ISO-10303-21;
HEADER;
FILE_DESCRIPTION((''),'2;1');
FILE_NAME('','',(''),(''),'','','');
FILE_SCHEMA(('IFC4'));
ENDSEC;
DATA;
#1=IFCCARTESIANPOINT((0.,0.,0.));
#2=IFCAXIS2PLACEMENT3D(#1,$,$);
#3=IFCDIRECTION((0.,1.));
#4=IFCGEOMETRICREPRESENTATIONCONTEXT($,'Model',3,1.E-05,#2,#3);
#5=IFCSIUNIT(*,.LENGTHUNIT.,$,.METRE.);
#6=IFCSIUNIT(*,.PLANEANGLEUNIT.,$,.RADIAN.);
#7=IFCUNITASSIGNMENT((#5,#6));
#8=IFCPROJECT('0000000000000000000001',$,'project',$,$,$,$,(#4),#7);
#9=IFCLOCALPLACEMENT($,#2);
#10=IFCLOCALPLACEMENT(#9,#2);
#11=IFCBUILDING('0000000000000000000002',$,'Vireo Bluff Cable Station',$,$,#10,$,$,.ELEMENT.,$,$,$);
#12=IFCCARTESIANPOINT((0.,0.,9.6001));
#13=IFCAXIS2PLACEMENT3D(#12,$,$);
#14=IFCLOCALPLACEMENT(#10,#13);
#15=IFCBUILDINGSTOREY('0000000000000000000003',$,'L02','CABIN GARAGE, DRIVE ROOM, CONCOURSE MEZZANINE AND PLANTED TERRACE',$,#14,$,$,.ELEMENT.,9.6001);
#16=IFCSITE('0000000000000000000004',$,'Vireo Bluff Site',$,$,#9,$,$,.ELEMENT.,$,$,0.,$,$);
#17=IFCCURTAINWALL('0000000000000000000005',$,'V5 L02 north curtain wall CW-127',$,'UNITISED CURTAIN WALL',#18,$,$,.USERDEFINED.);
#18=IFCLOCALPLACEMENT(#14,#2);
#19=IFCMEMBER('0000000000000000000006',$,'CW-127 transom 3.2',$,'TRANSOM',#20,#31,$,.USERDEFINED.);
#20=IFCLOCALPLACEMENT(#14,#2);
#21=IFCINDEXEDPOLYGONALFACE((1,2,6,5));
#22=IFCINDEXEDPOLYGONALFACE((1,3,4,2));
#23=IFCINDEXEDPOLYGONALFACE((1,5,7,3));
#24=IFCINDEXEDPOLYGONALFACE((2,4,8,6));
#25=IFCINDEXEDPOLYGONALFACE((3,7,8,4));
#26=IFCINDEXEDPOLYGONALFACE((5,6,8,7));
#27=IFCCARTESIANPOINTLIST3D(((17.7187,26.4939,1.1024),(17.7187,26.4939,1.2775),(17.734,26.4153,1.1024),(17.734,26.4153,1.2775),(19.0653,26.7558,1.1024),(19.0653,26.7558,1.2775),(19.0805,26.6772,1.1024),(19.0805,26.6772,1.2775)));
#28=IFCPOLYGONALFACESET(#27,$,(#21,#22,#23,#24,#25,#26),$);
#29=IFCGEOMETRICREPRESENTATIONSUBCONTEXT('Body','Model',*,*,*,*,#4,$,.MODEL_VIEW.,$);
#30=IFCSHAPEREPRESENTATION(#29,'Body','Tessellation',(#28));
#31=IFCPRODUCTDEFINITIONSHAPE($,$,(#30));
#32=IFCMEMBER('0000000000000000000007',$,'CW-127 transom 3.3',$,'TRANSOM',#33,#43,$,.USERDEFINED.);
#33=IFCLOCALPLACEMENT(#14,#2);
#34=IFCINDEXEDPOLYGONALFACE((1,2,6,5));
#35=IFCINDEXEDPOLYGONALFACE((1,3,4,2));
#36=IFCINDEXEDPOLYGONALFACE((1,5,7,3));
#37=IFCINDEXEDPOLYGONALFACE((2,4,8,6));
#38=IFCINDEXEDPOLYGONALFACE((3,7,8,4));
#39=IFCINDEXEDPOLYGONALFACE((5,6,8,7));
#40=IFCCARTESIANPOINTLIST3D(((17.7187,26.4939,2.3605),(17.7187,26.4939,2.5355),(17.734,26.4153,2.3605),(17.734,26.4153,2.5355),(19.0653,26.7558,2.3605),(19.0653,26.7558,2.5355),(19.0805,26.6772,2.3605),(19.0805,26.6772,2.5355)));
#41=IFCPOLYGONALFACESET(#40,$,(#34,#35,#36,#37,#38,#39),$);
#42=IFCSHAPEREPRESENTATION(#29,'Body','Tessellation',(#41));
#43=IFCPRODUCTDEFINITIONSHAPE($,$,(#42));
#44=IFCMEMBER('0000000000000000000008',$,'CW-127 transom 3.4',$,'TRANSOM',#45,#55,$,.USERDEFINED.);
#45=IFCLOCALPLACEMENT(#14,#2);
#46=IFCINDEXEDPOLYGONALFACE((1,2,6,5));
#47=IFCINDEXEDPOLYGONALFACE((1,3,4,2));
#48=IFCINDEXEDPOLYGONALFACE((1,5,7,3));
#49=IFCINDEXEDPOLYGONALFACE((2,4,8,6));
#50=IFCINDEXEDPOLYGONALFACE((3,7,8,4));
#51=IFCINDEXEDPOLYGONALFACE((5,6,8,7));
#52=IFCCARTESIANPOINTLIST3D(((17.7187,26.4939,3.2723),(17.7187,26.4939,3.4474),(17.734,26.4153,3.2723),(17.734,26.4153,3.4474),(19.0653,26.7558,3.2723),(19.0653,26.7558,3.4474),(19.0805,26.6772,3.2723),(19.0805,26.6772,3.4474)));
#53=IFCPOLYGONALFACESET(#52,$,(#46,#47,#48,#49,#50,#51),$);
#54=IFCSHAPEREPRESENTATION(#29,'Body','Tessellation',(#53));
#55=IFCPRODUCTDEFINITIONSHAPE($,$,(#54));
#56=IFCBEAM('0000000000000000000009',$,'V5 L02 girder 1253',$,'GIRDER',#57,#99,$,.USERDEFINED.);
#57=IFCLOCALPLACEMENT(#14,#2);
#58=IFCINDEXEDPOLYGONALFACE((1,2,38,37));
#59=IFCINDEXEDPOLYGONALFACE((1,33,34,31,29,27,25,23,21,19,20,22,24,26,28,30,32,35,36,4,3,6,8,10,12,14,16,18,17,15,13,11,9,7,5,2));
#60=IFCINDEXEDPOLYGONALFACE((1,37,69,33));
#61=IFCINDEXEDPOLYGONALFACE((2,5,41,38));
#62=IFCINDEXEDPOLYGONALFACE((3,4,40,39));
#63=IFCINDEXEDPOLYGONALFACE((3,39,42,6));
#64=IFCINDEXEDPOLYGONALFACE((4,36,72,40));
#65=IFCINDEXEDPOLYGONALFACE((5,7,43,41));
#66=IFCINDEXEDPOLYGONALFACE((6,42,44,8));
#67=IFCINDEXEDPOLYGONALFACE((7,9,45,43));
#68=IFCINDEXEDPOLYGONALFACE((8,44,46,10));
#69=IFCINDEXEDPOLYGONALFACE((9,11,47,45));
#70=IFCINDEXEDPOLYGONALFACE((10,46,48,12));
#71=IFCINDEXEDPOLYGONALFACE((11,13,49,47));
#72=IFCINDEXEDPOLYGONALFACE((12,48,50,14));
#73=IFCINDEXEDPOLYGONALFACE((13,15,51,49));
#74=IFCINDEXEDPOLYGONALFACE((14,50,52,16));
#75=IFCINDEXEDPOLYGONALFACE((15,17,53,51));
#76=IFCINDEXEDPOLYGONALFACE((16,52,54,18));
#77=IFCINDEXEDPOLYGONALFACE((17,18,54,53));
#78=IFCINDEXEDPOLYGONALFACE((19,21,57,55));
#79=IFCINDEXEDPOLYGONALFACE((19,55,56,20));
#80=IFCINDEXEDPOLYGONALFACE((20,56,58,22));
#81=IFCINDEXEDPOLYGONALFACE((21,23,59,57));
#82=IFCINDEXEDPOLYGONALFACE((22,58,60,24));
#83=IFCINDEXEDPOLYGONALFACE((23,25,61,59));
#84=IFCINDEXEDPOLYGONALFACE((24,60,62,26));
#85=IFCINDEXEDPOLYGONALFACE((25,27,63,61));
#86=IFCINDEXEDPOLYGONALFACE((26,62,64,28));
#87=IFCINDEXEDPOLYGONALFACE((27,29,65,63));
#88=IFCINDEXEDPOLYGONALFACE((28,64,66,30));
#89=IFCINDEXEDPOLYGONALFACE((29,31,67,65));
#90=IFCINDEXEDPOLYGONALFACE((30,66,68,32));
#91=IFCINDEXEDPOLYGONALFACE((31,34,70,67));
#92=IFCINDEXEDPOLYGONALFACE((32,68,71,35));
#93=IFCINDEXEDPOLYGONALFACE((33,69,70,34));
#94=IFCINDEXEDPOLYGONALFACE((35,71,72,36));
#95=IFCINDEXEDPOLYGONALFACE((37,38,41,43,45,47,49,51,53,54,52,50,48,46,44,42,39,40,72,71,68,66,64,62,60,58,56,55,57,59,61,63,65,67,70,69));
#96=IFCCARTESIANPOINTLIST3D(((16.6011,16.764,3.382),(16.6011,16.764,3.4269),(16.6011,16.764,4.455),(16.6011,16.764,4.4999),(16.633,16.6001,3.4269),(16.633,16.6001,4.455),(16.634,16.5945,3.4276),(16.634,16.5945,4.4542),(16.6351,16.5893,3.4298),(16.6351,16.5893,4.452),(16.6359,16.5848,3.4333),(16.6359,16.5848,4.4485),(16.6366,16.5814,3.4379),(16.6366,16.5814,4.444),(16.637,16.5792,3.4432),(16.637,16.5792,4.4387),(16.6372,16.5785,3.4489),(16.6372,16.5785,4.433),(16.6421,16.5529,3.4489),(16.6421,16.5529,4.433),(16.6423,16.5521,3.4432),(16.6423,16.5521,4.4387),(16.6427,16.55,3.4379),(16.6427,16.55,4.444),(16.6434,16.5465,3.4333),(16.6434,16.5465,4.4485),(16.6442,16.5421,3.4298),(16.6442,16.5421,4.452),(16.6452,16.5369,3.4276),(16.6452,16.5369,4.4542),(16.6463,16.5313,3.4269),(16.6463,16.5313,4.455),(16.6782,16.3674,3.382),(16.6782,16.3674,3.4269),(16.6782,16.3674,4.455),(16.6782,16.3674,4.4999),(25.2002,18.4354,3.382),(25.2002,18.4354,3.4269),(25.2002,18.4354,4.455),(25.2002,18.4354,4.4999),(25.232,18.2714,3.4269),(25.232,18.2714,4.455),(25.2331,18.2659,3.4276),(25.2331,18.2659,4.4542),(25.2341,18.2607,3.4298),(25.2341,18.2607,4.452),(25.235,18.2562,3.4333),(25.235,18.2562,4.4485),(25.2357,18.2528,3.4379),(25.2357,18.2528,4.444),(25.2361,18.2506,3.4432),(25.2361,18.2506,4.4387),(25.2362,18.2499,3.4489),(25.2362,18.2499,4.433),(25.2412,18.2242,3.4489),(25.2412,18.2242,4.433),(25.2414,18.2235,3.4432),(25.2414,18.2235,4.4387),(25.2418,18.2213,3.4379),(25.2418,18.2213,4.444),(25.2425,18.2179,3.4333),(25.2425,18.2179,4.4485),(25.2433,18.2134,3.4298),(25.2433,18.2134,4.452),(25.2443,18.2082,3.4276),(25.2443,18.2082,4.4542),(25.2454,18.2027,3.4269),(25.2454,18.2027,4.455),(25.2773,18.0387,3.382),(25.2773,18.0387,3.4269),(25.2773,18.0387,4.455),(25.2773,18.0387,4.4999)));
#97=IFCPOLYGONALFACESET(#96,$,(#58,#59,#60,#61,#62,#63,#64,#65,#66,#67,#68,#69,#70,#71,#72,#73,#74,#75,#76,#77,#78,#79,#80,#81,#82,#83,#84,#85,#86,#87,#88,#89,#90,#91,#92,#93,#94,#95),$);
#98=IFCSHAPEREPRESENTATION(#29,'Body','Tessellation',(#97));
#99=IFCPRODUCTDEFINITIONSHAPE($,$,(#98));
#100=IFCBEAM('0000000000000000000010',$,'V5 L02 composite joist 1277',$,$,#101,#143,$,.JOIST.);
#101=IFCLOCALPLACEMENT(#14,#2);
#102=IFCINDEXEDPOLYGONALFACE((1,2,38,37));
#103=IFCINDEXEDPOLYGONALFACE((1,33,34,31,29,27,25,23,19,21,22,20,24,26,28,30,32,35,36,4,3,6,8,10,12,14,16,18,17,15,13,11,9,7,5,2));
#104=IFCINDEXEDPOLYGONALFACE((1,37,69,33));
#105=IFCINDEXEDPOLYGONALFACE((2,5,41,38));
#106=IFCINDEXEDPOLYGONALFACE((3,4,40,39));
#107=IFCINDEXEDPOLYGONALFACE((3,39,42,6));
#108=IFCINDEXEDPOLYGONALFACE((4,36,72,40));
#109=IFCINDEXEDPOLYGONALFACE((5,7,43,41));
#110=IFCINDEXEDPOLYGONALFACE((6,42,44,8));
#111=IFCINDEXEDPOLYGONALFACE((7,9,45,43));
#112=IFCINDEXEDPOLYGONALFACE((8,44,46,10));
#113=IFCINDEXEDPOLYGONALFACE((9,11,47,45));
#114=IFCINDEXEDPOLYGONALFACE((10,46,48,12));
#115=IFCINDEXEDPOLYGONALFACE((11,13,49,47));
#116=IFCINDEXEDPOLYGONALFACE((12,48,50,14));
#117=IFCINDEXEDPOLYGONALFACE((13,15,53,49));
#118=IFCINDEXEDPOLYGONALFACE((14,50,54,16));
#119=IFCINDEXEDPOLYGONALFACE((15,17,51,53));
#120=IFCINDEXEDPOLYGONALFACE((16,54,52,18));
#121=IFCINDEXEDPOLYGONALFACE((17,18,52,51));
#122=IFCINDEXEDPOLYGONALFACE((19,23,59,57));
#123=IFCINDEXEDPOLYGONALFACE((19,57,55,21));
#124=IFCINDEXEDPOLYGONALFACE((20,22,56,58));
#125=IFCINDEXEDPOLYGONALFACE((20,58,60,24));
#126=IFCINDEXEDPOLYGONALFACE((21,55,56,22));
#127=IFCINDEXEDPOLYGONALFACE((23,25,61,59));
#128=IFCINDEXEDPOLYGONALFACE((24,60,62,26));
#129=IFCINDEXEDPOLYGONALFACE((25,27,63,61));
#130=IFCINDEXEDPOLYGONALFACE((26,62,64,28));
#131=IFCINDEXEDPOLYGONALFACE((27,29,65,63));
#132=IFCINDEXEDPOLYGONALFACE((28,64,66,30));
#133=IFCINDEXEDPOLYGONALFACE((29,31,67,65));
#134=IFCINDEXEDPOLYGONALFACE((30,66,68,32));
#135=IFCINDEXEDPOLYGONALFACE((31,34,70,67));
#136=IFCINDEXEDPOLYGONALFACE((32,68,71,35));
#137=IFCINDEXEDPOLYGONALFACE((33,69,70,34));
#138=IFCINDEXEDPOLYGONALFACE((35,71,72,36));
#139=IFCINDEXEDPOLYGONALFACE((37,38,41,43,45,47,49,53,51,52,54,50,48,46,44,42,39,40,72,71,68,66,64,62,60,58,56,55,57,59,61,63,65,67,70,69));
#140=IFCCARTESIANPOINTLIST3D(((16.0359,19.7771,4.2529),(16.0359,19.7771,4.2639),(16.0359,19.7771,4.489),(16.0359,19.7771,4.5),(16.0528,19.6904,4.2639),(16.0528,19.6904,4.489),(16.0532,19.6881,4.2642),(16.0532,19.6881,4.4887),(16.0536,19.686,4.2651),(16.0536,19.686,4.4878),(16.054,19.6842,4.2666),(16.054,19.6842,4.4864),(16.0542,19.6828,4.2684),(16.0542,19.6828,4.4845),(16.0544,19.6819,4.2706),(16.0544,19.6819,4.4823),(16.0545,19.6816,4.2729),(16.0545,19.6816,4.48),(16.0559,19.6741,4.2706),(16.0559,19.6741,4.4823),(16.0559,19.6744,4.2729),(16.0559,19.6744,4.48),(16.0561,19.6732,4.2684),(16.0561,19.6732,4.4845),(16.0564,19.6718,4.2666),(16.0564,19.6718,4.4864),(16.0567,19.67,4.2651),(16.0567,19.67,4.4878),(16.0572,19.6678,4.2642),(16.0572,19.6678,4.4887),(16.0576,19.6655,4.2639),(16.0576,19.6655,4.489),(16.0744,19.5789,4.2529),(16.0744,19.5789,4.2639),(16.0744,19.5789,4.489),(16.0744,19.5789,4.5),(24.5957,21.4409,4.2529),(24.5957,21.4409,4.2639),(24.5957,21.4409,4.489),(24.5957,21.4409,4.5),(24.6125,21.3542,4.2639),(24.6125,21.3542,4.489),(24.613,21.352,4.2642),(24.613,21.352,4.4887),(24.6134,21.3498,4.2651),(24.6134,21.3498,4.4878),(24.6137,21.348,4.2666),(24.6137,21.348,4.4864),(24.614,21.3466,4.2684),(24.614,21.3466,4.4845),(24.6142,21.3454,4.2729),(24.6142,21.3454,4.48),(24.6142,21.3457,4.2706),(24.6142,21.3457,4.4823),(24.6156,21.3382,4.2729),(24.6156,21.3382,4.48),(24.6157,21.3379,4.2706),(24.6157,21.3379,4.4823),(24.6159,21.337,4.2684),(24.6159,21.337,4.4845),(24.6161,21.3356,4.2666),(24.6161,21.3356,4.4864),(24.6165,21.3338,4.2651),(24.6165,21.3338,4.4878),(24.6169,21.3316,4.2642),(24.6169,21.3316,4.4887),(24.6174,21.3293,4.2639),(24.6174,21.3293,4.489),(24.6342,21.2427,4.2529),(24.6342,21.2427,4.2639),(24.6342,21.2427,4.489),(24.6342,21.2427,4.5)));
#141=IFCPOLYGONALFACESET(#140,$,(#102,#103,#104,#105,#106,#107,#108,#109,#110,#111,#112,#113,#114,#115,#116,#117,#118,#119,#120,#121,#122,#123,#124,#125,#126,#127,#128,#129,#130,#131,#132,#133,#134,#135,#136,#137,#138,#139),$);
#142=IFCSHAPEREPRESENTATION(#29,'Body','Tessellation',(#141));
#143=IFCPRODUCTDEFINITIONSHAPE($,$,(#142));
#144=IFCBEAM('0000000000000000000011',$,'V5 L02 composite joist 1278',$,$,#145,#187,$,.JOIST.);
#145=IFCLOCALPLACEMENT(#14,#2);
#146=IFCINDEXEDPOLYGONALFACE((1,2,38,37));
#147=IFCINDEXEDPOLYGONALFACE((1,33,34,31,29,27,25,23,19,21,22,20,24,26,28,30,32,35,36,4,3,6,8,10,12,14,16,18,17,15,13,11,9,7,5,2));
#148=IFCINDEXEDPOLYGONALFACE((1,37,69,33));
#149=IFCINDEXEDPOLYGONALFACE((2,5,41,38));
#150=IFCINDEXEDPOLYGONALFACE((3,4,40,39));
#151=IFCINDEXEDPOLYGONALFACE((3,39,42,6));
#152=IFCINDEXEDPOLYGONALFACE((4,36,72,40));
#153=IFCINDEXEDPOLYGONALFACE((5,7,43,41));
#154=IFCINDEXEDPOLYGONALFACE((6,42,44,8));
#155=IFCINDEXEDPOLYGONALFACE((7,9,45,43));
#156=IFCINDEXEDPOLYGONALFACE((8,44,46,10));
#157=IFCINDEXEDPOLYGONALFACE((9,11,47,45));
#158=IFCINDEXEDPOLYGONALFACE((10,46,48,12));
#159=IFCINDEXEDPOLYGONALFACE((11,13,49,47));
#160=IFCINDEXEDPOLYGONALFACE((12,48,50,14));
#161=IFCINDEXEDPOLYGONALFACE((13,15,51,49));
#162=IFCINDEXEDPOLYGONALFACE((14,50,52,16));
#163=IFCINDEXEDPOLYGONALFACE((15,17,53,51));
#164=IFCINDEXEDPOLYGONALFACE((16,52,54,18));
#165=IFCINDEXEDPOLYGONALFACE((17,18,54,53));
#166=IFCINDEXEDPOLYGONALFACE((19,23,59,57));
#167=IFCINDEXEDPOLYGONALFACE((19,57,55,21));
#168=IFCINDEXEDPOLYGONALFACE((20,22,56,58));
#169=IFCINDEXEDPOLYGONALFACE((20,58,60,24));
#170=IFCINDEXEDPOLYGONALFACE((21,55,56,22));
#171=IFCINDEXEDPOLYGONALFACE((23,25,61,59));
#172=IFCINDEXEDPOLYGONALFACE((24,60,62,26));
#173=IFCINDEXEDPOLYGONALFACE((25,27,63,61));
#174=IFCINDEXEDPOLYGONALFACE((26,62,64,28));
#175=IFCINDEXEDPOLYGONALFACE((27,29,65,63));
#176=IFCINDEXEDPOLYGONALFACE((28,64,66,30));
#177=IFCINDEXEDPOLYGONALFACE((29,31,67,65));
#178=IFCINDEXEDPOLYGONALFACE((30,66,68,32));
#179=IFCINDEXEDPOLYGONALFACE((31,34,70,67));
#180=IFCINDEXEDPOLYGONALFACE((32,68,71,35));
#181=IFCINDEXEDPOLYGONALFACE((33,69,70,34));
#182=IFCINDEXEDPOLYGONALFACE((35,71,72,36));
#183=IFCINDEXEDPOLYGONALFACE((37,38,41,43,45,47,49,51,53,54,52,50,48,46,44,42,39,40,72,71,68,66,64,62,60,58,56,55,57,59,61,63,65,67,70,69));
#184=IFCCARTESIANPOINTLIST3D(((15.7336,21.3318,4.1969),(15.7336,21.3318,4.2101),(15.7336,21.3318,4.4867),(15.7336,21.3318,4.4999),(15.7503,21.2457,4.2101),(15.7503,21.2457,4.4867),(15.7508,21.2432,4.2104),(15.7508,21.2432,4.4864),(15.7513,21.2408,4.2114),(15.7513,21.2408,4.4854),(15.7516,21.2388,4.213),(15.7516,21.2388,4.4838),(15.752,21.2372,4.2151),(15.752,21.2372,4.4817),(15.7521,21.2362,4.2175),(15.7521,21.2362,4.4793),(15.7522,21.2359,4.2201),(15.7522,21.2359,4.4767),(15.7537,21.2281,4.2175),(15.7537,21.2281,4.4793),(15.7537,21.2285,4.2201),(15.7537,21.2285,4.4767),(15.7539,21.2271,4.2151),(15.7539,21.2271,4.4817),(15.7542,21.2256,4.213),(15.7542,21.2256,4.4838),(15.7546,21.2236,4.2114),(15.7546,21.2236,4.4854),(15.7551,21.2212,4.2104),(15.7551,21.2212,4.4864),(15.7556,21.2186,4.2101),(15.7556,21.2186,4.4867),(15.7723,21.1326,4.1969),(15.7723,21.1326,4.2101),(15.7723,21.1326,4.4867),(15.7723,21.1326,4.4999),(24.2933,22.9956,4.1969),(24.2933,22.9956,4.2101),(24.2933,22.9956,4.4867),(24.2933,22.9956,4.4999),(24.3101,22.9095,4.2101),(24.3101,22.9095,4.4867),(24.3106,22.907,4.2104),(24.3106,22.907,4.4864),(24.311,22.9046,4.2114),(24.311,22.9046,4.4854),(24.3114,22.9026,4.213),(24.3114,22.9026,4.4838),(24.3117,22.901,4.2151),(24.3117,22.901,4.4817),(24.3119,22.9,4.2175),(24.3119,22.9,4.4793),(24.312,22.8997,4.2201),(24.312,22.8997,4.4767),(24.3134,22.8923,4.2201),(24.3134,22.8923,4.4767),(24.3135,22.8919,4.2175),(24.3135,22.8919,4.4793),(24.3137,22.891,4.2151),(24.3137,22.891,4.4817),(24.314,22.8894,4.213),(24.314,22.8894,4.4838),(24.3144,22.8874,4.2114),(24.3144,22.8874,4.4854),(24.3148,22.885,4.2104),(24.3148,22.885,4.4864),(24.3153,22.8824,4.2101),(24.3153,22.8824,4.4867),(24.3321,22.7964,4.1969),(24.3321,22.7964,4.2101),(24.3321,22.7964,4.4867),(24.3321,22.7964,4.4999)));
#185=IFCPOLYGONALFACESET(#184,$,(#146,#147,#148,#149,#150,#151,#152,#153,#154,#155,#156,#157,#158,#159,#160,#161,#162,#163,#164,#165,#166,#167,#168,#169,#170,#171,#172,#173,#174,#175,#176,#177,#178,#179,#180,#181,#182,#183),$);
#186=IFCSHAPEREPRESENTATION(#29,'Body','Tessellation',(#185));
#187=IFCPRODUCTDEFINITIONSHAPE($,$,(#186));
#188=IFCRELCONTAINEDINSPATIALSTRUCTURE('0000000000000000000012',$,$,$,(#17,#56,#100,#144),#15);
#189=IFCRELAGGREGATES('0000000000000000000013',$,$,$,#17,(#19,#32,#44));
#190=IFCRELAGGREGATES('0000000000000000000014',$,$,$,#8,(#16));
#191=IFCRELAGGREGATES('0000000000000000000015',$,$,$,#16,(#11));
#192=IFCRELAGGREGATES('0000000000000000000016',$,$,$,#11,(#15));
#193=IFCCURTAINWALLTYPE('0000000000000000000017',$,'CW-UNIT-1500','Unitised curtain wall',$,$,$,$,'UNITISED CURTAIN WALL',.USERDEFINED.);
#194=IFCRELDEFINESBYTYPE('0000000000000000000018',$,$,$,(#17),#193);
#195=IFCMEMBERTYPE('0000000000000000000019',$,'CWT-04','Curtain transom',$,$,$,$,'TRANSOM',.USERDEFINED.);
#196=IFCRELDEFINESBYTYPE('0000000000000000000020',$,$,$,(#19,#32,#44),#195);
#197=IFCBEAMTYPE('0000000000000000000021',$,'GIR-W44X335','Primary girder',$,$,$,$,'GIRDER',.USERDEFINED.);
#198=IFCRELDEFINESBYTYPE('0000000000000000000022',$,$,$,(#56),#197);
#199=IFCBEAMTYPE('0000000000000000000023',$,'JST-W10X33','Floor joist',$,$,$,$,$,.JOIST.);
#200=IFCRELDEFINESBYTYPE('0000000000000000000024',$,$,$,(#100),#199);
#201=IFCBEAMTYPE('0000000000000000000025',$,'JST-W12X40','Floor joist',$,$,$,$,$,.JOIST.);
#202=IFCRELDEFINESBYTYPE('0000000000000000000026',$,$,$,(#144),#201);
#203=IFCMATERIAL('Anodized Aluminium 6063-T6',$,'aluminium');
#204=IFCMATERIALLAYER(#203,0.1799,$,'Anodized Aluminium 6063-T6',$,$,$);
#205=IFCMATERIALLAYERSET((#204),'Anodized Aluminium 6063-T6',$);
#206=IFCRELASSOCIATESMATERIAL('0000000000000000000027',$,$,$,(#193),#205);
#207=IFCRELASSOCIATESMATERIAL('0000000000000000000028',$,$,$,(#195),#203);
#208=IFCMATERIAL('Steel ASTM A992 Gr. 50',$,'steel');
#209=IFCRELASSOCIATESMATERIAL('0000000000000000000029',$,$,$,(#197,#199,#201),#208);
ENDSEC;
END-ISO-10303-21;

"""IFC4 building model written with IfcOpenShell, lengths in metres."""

from ifc_helpers import new_model, si_unit, direction, frame, origin, origin_2d, place, context, subcontext, project, spatial, rectangle, i_section, extrude, material, layer, layer_set, material_profile, profile_set, type_object, element, aggregate, save


model = new_model("IFC4")

# Units and contexts
model_context = context("Model", 3, precision=1e-05, world=origin(), true_north=direction((0.0, 1.0)))
body_context = subcontext(model_context, "Body", "Model", "MODEL_VIEW")
ifc_project = project(units=[si_unit("LENGTHUNIT", "METRE"), si_unit("PLANEANGLEUNIT", "RADIAN")], contexts=[model_context])

# Site, building, storey
site_placement = place(None, origin())
site = spatial("IfcSite", under=ifc_project, at=site_placement, Name="Vireo Bluff Site", CompositionType="ELEMENT", RefElevation=0.0)
building_placement = place(site_placement, origin())
building = spatial("IfcBuilding", under=site, at=building_placement, Name="Vireo Bluff Cable Station", CompositionType="ELEMENT")
storey_placement = place(building_placement, frame((0.0, 0.0, 9.6001)))
storey = spatial("IfcBuildingStorey", under=building, at=storey_placement, Name="L02", Description="CABIN GARAGE, DRIVE ROOM, CONCOURSE MEZZANINE AND PLANTED TERRACE", CompositionType="ELEMENT", Elevation=9.6001)

# Shared definitions
ifc_material_1 = material(Name="Steel ASTM A992 Gr. 50", Category="steel")

# Curtain wall, members
ifc_material_2 = material(Name="Anodized Aluminium 6063-T6", Category="aluminium")
ifc_layer_1 = layer(ifc_material_2, 0.1799, Name="Anodized Aluminium 6063-T6")
ifc_layer_set_1 = layer_set([ifc_layer_1], Name="Anodized Aluminium 6063-T6")
curtain_wall_type = type_object("IfcCurtainWallType", Name="CW-UNIT-1500", Description="Unitised curtain wall", ElementType="UNITISED CURTAIN WALL", PredefinedType="USERDEFINED", material=ifc_layer_set_1)
curtain_wall_placement = place(storey_placement, origin())
curtain_wall = element("IfcCurtainWall", 1, at=curtain_wall_placement, inside=storey, type_object=curtain_wall_type, Name="V5 L02 north curtain wall CW-127", ObjectType="UNITISED CURTAIN WALL", PredefinedType="USERDEFINED")
ifc_material_profile_1 = material_profile(ifc_material_2, rectangle(XDim=0.0801, YDim=0.175, at=origin_2d()), Name="ALU-T-80X175")
ifc_profile_set_1 = profile_set([ifc_material_profile_1], Name="Anodized Aluminium 6063-T6")
member_type_1 = type_object("IfcMemberType", Name="CWT-04", Description="Curtain transom", ElementType="TRANSOM", PredefinedType="USERDEFINED", material=ifc_profile_set_1)
member_1_placement = place(storey_placement, frame((17.7263, 26.4546, 1.1899), z_axis=(0.981601, 0.190946, 0.0), x_axis=(-0.190946, 0.981601, 0.0)))
member_1 = element("IfcMember", 2, at=member_1_placement, type_object=member_type_1, Name="CW-127 transom 3.2", ObjectType="TRANSOM", PredefinedType="USERDEFINED", context=body_context, shape_type="SweptSolid", body=[
    extrude(rectangle(XDim=0.0801, YDim=0.175, at=origin_2d()), origin(), (0.0, 0.0, 1.0), 1.3718),
])
member_2_placement = place(storey_placement, frame((17.7263, 26.4546, 2.448), z_axis=(0.981601, 0.190946, 0.0), x_axis=(-0.190946, 0.981601, 0.0)))
member_2 = element("IfcMember", 3, at=member_2_placement, type_object=member_type_1, Name="CW-127 transom 3.3", ObjectType="TRANSOM", PredefinedType="USERDEFINED", context=body_context, shape_type="SweptSolid", body=[
    extrude(rectangle(XDim=0.0801, YDim=0.175, at=origin_2d()), origin(), (0.0, 0.0, 1.0), 1.3718),
])
member_3_placement = place(storey_placement, frame((17.7263, 26.4546, 3.3599), z_axis=(0.981601, 0.190946, 0.0), x_axis=(-0.190946, 0.981601, 0.0)))
member_3 = element("IfcMember", 4, at=member_3_placement, type_object=member_type_1, Name="CW-127 transom 3.4", ObjectType="TRANSOM", PredefinedType="USERDEFINED", context=body_context, shape_type="SweptSolid", body=[
    extrude(rectangle(XDim=0.0801, YDim=0.175, at=origin_2d()), origin(), (0.0, 0.0, 1.0), 1.3718),
])

# Beams
ifc_material_profile_2 = material_profile(ifc_material_1, i_section(OverallWidth=0.4041, OverallDepth=1.1179, WebThickness=0.0261, FlangeThickness=0.0449, FilletRadius=0.022, at=origin_2d()), Name="W44X335")
ifc_profile_set_2 = profile_set([ifc_material_profile_2], Name="Steel ASTM A992 Gr. 50")
beam_type_1 = type_object("IfcBeamType", Name="GIR-W44X335", Description="Primary girder", ElementType="GIRDER", PredefinedType="USERDEFINED", material=ifc_profile_set_2)
beam_1_placement = place(storey_placement, frame((16.6396, 16.5657, 3.9409), z_axis=(0.98163, 0.190797, 0.0), x_axis=(-0.190797, 0.98163, 0.0)))
element("IfcBeam", 5, at=beam_1_placement, inside=storey, type_object=beam_type_1, Name="V5 L02 girder 1253", ObjectType="GIRDER", PredefinedType="USERDEFINED", context=body_context, shape_type="SweptSolid", body=[
    extrude(i_section(OverallWidth=0.4041, OverallDepth=1.1179, WebThickness=0.0261, FlangeThickness=0.0449, FilletRadius=0.022, at=origin_2d()), origin(), (0.0, 0.0, 1.0), 8.76),
])
ifc_material_profile_3 = material_profile(ifc_material_1, i_section(OverallWidth=0.2019, OverallDepth=0.2471, WebThickness=0.0073, FlangeThickness=0.011, FilletRadius=0.009, at=origin_2d()), Name="W10X33")
ifc_profile_set_3 = profile_set([ifc_material_profile_3], Name="Steel ASTM A992 Gr. 50")
beam_type_2 = type_object("IfcBeamType", Name="JST-W10X33", Description="Floor joist", PredefinedType="JOIST", material=ifc_profile_set_3)
beam_2_placement = place(storey_placement, frame((16.0552, 19.678, 4.3765), z_axis=(0.981628, 0.190804, 0.0), x_axis=(-0.190804, 0.981628, 0.0)))
element("IfcBeam", 6, at=beam_2_placement, inside=storey, type_object=beam_type_2, Name="V5 L02 composite joist 1277", PredefinedType="JOIST", context=body_context, shape_type="SweptSolid", body=[
    extrude(i_section(OverallWidth=0.2019, OverallDepth=0.2471, WebThickness=0.0073, FlangeThickness=0.011, FilletRadius=0.009, at=origin_2d()), origin(), (0.0, 0.0, 1.0), 8.72),
])
ifc_material_profile_4 = material_profile(ifc_material_1, i_section(OverallWidth=0.2029, OverallDepth=0.303, WebThickness=0.0076, FlangeThickness=0.0132, FilletRadius=0.01, at=origin_2d()), Name="W12X40")
ifc_profile_set_4 = profile_set([ifc_material_profile_4], Name="Steel ASTM A992 Gr. 50")
beam_type_3 = type_object("IfcBeamType", Name="JST-W12X40", Description="Floor joist", PredefinedType="JOIST", material=ifc_profile_set_4)
beam_3_placement = place(storey_placement, frame((15.7529, 21.2322, 4.3484), z_axis=(0.981628, 0.190804, 0.0), x_axis=(-0.190804, 0.981628, 0.0)))
element("IfcBeam", 7, at=beam_3_placement, inside=storey, type_object=beam_type_3, Name="V5 L02 composite joist 1278", PredefinedType="JOIST", context=body_context, shape_type="SweptSolid", body=[
    extrude(i_section(OverallWidth=0.2029, OverallDepth=0.303, WebThickness=0.0076, FlangeThickness=0.0132, FilletRadius=0.01, at=origin_2d()), origin(), (0.0, 0.0, 1.0), 8.72),
])

aggregate(curtain_wall, [member_1, member_2, member_3])

save(model, "model.ifc")
